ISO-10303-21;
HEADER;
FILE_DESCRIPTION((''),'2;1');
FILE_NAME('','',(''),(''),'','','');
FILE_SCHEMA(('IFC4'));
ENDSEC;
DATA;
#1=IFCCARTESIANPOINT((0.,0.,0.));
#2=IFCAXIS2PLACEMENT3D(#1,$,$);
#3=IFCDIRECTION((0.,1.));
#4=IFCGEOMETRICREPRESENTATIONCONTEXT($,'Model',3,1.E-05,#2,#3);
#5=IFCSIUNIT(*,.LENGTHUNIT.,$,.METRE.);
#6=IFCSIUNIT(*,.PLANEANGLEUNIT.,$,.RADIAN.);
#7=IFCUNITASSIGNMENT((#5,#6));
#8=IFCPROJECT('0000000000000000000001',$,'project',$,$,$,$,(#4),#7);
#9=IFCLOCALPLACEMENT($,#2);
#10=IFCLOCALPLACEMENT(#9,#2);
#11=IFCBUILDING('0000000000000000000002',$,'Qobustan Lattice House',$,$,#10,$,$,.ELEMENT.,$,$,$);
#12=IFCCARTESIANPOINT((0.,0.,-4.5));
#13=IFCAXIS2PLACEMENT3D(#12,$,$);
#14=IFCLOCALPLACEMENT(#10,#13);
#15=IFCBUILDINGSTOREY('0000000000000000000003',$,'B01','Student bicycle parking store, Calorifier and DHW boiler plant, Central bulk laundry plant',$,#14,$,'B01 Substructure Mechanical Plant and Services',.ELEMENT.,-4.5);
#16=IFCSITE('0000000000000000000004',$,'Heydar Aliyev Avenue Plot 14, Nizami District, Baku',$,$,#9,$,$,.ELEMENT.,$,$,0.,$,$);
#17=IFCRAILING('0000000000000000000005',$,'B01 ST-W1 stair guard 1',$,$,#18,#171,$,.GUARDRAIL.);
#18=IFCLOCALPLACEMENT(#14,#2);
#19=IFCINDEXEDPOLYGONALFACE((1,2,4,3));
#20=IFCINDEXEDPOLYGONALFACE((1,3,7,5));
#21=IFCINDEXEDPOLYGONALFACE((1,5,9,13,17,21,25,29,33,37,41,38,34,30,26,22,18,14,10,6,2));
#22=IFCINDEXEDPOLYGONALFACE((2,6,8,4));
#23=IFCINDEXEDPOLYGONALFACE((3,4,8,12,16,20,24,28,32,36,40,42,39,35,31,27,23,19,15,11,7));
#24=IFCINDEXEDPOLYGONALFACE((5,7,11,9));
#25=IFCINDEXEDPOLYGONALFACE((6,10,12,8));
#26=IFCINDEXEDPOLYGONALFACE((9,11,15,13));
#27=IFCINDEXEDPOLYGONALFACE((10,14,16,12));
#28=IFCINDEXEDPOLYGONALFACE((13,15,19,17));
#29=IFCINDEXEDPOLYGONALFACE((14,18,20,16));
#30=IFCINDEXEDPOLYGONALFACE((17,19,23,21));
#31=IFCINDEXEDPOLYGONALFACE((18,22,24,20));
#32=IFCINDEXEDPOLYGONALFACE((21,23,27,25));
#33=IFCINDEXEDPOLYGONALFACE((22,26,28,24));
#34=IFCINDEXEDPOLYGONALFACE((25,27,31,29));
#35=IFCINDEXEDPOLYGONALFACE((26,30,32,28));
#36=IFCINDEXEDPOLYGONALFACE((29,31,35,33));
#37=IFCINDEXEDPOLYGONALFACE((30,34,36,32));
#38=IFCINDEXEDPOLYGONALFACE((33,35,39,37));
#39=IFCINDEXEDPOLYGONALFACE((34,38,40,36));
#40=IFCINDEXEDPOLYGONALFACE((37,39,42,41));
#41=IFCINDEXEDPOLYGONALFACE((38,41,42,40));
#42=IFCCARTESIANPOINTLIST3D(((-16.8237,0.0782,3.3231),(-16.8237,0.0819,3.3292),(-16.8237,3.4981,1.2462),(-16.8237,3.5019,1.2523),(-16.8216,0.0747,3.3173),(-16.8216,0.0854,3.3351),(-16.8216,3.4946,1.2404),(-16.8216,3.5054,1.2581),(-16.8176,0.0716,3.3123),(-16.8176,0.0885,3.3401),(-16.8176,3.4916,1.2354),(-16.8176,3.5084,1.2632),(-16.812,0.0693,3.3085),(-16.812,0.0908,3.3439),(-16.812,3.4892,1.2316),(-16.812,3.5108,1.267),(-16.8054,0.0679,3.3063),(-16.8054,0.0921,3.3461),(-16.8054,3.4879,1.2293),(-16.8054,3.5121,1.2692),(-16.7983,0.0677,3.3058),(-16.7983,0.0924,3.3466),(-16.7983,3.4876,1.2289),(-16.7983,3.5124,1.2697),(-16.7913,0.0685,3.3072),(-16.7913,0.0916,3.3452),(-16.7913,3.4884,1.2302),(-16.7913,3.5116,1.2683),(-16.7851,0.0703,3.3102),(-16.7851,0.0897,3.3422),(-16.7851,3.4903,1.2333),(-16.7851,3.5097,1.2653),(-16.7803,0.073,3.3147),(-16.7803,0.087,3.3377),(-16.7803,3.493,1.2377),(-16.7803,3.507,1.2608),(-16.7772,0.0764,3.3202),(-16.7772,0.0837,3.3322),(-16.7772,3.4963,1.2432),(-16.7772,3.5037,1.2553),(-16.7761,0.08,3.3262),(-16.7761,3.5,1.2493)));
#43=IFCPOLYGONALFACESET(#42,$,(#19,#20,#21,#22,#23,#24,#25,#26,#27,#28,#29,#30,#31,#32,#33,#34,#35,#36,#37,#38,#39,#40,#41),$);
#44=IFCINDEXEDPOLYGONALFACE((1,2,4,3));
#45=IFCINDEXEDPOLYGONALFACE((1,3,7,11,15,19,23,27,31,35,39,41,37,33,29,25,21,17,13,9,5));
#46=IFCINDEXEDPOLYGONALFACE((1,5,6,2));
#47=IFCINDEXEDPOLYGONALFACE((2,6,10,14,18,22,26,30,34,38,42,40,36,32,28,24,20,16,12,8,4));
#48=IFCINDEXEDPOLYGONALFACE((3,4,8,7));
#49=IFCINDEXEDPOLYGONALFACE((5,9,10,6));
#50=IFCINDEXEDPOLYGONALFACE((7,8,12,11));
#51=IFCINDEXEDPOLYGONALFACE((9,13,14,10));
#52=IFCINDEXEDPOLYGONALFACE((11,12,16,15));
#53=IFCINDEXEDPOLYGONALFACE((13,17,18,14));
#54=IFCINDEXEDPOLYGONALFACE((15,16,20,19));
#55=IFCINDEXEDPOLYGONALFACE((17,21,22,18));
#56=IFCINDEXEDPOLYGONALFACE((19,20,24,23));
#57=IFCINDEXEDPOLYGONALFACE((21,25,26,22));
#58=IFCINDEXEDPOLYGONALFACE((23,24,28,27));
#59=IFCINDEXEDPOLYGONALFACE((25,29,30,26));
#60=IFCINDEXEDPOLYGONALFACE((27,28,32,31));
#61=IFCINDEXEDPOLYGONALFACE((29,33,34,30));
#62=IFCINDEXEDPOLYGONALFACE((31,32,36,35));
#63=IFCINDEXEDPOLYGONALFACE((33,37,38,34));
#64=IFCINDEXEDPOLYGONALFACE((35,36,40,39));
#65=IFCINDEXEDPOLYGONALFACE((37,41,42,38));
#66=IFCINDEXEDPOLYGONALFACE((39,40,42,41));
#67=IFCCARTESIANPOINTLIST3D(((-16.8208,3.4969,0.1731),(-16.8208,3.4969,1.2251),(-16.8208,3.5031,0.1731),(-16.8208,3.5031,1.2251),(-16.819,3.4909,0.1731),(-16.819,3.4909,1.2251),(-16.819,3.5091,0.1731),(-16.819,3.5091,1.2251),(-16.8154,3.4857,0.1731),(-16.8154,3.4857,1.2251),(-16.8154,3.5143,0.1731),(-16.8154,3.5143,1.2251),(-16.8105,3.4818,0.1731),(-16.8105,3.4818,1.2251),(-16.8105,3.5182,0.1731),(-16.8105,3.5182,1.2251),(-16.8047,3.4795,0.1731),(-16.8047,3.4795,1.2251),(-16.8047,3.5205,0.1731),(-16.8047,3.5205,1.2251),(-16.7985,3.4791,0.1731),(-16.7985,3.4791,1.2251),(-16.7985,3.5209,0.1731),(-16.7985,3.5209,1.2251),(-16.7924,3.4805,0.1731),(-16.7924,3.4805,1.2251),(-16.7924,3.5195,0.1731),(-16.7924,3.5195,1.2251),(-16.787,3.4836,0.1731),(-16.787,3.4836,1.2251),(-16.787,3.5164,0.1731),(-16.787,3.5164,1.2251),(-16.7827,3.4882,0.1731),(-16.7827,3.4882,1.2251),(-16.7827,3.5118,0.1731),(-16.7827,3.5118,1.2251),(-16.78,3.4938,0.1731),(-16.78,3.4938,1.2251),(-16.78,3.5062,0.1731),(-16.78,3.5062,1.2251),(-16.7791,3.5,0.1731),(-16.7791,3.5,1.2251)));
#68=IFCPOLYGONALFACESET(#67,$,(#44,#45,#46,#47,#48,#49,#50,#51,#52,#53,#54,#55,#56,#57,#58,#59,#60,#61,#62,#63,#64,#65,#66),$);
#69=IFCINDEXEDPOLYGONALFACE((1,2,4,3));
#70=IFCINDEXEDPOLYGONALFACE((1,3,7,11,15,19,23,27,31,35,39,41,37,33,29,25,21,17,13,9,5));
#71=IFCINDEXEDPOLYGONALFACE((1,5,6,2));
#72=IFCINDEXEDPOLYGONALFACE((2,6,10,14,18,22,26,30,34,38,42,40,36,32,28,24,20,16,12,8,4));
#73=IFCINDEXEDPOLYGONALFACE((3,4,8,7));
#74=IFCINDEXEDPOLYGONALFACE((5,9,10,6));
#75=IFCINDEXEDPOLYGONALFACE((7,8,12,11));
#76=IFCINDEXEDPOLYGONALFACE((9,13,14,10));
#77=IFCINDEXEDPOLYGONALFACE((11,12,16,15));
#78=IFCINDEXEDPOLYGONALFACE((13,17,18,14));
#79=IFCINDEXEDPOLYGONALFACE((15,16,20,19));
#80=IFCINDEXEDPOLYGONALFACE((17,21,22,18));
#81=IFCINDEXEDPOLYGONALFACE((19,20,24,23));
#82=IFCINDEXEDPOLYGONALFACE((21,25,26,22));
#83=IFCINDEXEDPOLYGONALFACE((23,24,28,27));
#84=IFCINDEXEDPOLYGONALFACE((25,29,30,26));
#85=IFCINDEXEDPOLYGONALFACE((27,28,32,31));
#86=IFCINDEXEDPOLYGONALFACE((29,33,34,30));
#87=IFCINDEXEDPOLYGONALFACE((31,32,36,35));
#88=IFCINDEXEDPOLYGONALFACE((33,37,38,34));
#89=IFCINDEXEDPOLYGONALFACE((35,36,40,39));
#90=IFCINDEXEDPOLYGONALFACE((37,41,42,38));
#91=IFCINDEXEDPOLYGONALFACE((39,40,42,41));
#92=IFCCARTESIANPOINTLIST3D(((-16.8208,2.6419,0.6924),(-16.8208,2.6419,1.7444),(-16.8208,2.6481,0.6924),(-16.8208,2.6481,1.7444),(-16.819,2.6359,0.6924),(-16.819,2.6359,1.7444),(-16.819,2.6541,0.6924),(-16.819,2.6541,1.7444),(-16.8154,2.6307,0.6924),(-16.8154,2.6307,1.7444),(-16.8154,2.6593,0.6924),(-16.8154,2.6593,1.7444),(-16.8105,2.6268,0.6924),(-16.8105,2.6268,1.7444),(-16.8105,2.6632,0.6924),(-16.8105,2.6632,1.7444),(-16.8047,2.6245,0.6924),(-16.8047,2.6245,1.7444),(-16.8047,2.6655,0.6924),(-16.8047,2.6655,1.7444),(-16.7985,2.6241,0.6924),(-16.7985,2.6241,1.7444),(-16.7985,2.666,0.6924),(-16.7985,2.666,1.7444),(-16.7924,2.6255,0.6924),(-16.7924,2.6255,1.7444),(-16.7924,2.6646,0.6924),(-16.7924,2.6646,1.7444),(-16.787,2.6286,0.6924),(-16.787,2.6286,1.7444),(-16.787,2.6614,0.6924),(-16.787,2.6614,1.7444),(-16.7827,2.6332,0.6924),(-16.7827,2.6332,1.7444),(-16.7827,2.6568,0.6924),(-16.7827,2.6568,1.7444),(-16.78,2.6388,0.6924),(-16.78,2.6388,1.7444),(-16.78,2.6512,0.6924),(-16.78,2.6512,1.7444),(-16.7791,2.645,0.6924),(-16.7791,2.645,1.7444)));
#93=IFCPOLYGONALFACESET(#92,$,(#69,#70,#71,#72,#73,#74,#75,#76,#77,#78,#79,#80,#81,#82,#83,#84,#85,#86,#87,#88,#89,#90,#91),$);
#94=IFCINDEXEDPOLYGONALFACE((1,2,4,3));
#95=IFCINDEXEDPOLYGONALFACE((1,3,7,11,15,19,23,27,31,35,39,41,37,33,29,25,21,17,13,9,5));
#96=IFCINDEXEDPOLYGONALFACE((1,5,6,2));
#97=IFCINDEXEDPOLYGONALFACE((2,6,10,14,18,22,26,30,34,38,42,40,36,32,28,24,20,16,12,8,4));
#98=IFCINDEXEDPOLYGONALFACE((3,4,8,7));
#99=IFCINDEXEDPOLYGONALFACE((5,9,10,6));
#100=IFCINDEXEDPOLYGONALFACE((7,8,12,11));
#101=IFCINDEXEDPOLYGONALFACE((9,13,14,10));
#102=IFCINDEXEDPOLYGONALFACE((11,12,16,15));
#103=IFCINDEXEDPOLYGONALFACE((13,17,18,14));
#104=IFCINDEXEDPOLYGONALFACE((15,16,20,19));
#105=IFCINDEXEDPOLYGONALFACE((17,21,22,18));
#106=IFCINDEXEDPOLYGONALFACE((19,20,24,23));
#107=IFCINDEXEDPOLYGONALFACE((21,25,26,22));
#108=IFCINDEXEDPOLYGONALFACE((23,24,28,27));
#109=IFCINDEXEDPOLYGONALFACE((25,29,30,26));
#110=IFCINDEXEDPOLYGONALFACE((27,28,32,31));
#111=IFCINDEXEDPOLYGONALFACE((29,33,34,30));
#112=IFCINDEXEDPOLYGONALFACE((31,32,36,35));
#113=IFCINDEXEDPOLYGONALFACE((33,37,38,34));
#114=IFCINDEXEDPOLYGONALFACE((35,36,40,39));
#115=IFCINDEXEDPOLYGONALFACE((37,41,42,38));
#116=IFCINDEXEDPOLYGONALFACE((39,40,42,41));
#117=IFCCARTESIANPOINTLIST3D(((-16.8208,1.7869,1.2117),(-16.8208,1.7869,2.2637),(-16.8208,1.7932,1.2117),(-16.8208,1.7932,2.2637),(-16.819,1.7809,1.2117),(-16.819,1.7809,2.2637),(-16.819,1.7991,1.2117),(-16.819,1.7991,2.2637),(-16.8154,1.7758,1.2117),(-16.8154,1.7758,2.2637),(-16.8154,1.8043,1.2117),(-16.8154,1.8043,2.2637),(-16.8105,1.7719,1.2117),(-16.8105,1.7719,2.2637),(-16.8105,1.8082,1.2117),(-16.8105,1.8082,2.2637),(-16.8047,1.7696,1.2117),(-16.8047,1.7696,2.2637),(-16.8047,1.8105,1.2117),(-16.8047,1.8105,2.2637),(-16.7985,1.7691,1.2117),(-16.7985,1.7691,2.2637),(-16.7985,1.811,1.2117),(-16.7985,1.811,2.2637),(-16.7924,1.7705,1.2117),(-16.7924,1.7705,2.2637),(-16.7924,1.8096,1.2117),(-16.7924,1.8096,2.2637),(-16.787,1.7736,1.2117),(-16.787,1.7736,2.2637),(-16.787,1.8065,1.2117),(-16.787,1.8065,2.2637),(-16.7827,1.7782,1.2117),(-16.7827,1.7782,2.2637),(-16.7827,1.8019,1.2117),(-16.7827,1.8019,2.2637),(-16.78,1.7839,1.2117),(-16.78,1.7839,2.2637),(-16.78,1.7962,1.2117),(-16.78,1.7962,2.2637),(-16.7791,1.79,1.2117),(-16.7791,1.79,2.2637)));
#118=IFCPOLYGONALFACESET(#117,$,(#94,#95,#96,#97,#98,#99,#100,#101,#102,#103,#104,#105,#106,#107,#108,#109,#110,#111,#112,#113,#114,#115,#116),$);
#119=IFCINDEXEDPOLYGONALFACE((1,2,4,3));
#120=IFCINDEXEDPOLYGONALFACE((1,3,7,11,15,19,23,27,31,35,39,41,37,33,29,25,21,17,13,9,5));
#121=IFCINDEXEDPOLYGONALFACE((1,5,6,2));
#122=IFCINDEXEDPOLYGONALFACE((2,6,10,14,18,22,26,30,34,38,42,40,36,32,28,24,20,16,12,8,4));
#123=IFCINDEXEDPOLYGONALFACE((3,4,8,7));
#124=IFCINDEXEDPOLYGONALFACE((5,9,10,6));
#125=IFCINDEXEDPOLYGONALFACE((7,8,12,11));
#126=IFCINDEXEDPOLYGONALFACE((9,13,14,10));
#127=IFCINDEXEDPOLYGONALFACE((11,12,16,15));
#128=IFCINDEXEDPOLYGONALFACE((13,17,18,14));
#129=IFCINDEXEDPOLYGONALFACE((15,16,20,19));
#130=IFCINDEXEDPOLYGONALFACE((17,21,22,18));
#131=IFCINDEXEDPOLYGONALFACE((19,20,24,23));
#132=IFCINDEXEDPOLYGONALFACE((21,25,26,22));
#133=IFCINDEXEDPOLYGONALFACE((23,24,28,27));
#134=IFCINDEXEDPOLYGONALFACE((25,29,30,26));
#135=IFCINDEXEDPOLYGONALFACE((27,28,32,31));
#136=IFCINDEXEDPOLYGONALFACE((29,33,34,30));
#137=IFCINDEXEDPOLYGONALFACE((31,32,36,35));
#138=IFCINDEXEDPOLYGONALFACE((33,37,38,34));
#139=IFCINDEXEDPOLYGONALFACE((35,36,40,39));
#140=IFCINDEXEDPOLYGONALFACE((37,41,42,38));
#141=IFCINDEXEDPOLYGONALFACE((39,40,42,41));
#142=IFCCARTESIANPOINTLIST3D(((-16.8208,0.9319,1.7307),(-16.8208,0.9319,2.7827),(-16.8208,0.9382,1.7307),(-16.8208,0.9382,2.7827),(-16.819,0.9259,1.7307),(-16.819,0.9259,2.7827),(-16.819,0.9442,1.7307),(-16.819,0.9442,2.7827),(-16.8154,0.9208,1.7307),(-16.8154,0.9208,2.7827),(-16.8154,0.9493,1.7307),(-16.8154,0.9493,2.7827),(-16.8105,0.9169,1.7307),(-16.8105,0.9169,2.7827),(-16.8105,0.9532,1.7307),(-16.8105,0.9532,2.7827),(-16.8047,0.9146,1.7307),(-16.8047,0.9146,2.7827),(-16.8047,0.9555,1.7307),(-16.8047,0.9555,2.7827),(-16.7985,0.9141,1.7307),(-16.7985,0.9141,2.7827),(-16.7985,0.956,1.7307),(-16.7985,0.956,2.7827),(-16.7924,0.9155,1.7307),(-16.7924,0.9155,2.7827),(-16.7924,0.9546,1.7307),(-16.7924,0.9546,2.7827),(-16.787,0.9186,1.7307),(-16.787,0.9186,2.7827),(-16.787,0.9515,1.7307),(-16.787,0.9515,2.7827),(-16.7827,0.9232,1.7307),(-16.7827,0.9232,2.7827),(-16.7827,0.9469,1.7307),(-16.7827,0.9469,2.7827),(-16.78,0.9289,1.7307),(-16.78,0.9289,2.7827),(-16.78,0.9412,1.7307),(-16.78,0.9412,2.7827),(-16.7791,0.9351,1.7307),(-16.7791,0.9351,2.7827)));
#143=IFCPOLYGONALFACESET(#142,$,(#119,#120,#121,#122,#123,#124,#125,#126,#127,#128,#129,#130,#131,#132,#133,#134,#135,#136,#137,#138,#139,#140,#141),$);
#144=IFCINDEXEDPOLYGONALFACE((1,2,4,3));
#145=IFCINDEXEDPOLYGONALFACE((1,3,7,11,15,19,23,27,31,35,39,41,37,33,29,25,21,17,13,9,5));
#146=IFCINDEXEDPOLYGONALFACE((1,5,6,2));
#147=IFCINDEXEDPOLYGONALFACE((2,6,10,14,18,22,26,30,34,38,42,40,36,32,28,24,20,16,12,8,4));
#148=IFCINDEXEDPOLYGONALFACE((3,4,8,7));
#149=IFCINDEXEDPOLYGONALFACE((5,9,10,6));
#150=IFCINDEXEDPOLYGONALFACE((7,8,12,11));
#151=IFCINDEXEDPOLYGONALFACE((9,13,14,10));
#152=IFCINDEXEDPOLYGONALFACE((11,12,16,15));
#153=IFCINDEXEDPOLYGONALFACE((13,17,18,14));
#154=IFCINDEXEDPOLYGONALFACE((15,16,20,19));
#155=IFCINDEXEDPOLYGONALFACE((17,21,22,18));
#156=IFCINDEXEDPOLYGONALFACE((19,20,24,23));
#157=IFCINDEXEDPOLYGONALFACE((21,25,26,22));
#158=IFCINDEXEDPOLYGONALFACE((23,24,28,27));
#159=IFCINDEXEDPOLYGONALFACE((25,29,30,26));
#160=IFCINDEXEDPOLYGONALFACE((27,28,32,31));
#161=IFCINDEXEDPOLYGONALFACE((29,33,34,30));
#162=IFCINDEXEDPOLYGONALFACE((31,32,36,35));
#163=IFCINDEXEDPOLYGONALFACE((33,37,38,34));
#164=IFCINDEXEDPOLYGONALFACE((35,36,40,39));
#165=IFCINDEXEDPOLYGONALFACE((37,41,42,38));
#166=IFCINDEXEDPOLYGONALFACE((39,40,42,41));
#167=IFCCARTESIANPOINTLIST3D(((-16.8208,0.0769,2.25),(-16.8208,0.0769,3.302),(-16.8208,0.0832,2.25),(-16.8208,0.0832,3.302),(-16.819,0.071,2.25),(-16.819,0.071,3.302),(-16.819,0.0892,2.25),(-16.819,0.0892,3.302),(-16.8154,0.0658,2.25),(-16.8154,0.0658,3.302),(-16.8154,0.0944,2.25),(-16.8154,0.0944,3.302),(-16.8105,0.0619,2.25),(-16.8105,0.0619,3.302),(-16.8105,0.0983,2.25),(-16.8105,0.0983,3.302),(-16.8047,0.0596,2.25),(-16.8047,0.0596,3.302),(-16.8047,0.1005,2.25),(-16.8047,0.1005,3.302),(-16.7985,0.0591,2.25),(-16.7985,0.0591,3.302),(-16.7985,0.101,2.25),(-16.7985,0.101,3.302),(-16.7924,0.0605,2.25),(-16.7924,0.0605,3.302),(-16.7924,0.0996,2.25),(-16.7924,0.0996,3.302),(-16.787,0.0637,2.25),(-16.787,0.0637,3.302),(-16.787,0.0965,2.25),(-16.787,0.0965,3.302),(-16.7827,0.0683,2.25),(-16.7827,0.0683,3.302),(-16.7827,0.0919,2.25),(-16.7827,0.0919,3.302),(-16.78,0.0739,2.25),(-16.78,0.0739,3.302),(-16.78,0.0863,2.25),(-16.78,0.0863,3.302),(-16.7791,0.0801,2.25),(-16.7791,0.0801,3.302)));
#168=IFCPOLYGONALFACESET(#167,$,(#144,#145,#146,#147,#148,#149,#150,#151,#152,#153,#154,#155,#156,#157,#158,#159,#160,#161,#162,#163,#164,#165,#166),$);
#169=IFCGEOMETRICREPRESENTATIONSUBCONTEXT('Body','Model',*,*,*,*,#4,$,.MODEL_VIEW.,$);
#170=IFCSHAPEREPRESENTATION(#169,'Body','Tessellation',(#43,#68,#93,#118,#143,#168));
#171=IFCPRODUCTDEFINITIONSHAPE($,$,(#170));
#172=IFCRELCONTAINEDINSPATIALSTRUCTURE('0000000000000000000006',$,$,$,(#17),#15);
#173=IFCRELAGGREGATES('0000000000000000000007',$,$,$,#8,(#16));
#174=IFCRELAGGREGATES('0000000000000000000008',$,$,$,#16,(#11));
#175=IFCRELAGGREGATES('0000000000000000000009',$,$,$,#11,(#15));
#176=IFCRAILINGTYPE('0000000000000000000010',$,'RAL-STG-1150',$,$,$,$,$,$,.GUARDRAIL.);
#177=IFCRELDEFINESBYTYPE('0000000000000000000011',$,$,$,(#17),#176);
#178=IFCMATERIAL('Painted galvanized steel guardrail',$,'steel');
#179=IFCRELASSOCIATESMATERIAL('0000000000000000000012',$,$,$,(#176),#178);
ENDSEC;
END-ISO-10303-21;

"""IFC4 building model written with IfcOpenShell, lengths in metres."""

from ifc_helpers import new_model, si_unit, direction, frame, origin, origin_2d, place, context, subcontext, project, spatial, circle, extrude, material, type_object, element, save


model = new_model("IFC4")

# Units and contexts
model_context = context("Model", 3, precision=1e-05, world=origin(), true_north=direction((0.0, 1.0)))
body_context = subcontext(model_context, "Body", "Model", "MODEL_VIEW")
ifc_project = project(units=[si_unit("LENGTHUNIT", "METRE"), si_unit("PLANEANGLEUNIT", "RADIAN")], contexts=[model_context])

# Site, building, storey
site_placement = place(None, origin())
site = spatial("IfcSite", under=ifc_project, at=site_placement, Name="Heydar Aliyev Avenue Plot 14, Nizami District, Baku", CompositionType="ELEMENT", RefElevation=0.0)
building_placement = place(site_placement, origin())
building = spatial("IfcBuilding", under=site, at=building_placement, Name="Qobustan Lattice House", CompositionType="ELEMENT")
storey_placement = place(building_placement, frame((0.0, 0.0, -4.5)))
storey = spatial("IfcBuildingStorey", under=building, at=storey_placement, Name="B01", Description="Student bicycle parking store, Calorifier and DHW boiler plant, Central bulk laundry plant", LongName="B01 Substructure Mechanical Plant and Services", CompositionType="ELEMENT", Elevation=-4.5)

# Railing
ifc_material_1 = material(Name="Painted galvanized steel guardrail", Category="steel")
railing_type_1 = type_object("IfcRailingType", Name="RAL-STG-1150", PredefinedType="GUARDRAIL", material=ifc_material_1)
railing_1_placement = place(storey_placement, frame((-16.8, 3.5, 0.1731)))
element("IfcRailing", 1, at=railing_1_placement, inside=storey, type_object=railing_type_1, Name="B01 ST-W1 stair guard 1", PredefinedType="GUARDRAIL", context=body_context, shape_type="SweptSolid", body=[
    extrude(circle(Radius=0.0239, at=origin_2d()), frame((0.0, 0.0, 1.0762), z_axis=(0.0, -0.85473, 0.519074), x_axis=(1.0, 0.0, 0.0)), (0.0, 0.0, 1.0), 4.0012),
    extrude(circle(Radius=0.021, at=origin_2d()), origin(), (0.0, 0.0, 1.0), 1.052),
    extrude(circle(Radius=0.021, at=origin_2d()), frame((0.0, -0.855, 0.5193)), (0.0, 0.0, 1.0), 1.052),
    extrude(circle(Radius=0.021, at=origin_2d()), frame((0.0, -1.71, 1.0386)), (0.0, 0.0, 1.0), 1.052),
    extrude(circle(Radius=0.021, at=origin_2d()), frame((0.0, -2.5649, 1.5576)), (0.0, 0.0, 1.0), 1.052),
    extrude(circle(Radius=0.021, at=origin_2d()), frame((0.0, -3.4199, 2.0769)), (0.0, 0.0, 1.0), 1.052),
])

save(model, "model.ifc")
